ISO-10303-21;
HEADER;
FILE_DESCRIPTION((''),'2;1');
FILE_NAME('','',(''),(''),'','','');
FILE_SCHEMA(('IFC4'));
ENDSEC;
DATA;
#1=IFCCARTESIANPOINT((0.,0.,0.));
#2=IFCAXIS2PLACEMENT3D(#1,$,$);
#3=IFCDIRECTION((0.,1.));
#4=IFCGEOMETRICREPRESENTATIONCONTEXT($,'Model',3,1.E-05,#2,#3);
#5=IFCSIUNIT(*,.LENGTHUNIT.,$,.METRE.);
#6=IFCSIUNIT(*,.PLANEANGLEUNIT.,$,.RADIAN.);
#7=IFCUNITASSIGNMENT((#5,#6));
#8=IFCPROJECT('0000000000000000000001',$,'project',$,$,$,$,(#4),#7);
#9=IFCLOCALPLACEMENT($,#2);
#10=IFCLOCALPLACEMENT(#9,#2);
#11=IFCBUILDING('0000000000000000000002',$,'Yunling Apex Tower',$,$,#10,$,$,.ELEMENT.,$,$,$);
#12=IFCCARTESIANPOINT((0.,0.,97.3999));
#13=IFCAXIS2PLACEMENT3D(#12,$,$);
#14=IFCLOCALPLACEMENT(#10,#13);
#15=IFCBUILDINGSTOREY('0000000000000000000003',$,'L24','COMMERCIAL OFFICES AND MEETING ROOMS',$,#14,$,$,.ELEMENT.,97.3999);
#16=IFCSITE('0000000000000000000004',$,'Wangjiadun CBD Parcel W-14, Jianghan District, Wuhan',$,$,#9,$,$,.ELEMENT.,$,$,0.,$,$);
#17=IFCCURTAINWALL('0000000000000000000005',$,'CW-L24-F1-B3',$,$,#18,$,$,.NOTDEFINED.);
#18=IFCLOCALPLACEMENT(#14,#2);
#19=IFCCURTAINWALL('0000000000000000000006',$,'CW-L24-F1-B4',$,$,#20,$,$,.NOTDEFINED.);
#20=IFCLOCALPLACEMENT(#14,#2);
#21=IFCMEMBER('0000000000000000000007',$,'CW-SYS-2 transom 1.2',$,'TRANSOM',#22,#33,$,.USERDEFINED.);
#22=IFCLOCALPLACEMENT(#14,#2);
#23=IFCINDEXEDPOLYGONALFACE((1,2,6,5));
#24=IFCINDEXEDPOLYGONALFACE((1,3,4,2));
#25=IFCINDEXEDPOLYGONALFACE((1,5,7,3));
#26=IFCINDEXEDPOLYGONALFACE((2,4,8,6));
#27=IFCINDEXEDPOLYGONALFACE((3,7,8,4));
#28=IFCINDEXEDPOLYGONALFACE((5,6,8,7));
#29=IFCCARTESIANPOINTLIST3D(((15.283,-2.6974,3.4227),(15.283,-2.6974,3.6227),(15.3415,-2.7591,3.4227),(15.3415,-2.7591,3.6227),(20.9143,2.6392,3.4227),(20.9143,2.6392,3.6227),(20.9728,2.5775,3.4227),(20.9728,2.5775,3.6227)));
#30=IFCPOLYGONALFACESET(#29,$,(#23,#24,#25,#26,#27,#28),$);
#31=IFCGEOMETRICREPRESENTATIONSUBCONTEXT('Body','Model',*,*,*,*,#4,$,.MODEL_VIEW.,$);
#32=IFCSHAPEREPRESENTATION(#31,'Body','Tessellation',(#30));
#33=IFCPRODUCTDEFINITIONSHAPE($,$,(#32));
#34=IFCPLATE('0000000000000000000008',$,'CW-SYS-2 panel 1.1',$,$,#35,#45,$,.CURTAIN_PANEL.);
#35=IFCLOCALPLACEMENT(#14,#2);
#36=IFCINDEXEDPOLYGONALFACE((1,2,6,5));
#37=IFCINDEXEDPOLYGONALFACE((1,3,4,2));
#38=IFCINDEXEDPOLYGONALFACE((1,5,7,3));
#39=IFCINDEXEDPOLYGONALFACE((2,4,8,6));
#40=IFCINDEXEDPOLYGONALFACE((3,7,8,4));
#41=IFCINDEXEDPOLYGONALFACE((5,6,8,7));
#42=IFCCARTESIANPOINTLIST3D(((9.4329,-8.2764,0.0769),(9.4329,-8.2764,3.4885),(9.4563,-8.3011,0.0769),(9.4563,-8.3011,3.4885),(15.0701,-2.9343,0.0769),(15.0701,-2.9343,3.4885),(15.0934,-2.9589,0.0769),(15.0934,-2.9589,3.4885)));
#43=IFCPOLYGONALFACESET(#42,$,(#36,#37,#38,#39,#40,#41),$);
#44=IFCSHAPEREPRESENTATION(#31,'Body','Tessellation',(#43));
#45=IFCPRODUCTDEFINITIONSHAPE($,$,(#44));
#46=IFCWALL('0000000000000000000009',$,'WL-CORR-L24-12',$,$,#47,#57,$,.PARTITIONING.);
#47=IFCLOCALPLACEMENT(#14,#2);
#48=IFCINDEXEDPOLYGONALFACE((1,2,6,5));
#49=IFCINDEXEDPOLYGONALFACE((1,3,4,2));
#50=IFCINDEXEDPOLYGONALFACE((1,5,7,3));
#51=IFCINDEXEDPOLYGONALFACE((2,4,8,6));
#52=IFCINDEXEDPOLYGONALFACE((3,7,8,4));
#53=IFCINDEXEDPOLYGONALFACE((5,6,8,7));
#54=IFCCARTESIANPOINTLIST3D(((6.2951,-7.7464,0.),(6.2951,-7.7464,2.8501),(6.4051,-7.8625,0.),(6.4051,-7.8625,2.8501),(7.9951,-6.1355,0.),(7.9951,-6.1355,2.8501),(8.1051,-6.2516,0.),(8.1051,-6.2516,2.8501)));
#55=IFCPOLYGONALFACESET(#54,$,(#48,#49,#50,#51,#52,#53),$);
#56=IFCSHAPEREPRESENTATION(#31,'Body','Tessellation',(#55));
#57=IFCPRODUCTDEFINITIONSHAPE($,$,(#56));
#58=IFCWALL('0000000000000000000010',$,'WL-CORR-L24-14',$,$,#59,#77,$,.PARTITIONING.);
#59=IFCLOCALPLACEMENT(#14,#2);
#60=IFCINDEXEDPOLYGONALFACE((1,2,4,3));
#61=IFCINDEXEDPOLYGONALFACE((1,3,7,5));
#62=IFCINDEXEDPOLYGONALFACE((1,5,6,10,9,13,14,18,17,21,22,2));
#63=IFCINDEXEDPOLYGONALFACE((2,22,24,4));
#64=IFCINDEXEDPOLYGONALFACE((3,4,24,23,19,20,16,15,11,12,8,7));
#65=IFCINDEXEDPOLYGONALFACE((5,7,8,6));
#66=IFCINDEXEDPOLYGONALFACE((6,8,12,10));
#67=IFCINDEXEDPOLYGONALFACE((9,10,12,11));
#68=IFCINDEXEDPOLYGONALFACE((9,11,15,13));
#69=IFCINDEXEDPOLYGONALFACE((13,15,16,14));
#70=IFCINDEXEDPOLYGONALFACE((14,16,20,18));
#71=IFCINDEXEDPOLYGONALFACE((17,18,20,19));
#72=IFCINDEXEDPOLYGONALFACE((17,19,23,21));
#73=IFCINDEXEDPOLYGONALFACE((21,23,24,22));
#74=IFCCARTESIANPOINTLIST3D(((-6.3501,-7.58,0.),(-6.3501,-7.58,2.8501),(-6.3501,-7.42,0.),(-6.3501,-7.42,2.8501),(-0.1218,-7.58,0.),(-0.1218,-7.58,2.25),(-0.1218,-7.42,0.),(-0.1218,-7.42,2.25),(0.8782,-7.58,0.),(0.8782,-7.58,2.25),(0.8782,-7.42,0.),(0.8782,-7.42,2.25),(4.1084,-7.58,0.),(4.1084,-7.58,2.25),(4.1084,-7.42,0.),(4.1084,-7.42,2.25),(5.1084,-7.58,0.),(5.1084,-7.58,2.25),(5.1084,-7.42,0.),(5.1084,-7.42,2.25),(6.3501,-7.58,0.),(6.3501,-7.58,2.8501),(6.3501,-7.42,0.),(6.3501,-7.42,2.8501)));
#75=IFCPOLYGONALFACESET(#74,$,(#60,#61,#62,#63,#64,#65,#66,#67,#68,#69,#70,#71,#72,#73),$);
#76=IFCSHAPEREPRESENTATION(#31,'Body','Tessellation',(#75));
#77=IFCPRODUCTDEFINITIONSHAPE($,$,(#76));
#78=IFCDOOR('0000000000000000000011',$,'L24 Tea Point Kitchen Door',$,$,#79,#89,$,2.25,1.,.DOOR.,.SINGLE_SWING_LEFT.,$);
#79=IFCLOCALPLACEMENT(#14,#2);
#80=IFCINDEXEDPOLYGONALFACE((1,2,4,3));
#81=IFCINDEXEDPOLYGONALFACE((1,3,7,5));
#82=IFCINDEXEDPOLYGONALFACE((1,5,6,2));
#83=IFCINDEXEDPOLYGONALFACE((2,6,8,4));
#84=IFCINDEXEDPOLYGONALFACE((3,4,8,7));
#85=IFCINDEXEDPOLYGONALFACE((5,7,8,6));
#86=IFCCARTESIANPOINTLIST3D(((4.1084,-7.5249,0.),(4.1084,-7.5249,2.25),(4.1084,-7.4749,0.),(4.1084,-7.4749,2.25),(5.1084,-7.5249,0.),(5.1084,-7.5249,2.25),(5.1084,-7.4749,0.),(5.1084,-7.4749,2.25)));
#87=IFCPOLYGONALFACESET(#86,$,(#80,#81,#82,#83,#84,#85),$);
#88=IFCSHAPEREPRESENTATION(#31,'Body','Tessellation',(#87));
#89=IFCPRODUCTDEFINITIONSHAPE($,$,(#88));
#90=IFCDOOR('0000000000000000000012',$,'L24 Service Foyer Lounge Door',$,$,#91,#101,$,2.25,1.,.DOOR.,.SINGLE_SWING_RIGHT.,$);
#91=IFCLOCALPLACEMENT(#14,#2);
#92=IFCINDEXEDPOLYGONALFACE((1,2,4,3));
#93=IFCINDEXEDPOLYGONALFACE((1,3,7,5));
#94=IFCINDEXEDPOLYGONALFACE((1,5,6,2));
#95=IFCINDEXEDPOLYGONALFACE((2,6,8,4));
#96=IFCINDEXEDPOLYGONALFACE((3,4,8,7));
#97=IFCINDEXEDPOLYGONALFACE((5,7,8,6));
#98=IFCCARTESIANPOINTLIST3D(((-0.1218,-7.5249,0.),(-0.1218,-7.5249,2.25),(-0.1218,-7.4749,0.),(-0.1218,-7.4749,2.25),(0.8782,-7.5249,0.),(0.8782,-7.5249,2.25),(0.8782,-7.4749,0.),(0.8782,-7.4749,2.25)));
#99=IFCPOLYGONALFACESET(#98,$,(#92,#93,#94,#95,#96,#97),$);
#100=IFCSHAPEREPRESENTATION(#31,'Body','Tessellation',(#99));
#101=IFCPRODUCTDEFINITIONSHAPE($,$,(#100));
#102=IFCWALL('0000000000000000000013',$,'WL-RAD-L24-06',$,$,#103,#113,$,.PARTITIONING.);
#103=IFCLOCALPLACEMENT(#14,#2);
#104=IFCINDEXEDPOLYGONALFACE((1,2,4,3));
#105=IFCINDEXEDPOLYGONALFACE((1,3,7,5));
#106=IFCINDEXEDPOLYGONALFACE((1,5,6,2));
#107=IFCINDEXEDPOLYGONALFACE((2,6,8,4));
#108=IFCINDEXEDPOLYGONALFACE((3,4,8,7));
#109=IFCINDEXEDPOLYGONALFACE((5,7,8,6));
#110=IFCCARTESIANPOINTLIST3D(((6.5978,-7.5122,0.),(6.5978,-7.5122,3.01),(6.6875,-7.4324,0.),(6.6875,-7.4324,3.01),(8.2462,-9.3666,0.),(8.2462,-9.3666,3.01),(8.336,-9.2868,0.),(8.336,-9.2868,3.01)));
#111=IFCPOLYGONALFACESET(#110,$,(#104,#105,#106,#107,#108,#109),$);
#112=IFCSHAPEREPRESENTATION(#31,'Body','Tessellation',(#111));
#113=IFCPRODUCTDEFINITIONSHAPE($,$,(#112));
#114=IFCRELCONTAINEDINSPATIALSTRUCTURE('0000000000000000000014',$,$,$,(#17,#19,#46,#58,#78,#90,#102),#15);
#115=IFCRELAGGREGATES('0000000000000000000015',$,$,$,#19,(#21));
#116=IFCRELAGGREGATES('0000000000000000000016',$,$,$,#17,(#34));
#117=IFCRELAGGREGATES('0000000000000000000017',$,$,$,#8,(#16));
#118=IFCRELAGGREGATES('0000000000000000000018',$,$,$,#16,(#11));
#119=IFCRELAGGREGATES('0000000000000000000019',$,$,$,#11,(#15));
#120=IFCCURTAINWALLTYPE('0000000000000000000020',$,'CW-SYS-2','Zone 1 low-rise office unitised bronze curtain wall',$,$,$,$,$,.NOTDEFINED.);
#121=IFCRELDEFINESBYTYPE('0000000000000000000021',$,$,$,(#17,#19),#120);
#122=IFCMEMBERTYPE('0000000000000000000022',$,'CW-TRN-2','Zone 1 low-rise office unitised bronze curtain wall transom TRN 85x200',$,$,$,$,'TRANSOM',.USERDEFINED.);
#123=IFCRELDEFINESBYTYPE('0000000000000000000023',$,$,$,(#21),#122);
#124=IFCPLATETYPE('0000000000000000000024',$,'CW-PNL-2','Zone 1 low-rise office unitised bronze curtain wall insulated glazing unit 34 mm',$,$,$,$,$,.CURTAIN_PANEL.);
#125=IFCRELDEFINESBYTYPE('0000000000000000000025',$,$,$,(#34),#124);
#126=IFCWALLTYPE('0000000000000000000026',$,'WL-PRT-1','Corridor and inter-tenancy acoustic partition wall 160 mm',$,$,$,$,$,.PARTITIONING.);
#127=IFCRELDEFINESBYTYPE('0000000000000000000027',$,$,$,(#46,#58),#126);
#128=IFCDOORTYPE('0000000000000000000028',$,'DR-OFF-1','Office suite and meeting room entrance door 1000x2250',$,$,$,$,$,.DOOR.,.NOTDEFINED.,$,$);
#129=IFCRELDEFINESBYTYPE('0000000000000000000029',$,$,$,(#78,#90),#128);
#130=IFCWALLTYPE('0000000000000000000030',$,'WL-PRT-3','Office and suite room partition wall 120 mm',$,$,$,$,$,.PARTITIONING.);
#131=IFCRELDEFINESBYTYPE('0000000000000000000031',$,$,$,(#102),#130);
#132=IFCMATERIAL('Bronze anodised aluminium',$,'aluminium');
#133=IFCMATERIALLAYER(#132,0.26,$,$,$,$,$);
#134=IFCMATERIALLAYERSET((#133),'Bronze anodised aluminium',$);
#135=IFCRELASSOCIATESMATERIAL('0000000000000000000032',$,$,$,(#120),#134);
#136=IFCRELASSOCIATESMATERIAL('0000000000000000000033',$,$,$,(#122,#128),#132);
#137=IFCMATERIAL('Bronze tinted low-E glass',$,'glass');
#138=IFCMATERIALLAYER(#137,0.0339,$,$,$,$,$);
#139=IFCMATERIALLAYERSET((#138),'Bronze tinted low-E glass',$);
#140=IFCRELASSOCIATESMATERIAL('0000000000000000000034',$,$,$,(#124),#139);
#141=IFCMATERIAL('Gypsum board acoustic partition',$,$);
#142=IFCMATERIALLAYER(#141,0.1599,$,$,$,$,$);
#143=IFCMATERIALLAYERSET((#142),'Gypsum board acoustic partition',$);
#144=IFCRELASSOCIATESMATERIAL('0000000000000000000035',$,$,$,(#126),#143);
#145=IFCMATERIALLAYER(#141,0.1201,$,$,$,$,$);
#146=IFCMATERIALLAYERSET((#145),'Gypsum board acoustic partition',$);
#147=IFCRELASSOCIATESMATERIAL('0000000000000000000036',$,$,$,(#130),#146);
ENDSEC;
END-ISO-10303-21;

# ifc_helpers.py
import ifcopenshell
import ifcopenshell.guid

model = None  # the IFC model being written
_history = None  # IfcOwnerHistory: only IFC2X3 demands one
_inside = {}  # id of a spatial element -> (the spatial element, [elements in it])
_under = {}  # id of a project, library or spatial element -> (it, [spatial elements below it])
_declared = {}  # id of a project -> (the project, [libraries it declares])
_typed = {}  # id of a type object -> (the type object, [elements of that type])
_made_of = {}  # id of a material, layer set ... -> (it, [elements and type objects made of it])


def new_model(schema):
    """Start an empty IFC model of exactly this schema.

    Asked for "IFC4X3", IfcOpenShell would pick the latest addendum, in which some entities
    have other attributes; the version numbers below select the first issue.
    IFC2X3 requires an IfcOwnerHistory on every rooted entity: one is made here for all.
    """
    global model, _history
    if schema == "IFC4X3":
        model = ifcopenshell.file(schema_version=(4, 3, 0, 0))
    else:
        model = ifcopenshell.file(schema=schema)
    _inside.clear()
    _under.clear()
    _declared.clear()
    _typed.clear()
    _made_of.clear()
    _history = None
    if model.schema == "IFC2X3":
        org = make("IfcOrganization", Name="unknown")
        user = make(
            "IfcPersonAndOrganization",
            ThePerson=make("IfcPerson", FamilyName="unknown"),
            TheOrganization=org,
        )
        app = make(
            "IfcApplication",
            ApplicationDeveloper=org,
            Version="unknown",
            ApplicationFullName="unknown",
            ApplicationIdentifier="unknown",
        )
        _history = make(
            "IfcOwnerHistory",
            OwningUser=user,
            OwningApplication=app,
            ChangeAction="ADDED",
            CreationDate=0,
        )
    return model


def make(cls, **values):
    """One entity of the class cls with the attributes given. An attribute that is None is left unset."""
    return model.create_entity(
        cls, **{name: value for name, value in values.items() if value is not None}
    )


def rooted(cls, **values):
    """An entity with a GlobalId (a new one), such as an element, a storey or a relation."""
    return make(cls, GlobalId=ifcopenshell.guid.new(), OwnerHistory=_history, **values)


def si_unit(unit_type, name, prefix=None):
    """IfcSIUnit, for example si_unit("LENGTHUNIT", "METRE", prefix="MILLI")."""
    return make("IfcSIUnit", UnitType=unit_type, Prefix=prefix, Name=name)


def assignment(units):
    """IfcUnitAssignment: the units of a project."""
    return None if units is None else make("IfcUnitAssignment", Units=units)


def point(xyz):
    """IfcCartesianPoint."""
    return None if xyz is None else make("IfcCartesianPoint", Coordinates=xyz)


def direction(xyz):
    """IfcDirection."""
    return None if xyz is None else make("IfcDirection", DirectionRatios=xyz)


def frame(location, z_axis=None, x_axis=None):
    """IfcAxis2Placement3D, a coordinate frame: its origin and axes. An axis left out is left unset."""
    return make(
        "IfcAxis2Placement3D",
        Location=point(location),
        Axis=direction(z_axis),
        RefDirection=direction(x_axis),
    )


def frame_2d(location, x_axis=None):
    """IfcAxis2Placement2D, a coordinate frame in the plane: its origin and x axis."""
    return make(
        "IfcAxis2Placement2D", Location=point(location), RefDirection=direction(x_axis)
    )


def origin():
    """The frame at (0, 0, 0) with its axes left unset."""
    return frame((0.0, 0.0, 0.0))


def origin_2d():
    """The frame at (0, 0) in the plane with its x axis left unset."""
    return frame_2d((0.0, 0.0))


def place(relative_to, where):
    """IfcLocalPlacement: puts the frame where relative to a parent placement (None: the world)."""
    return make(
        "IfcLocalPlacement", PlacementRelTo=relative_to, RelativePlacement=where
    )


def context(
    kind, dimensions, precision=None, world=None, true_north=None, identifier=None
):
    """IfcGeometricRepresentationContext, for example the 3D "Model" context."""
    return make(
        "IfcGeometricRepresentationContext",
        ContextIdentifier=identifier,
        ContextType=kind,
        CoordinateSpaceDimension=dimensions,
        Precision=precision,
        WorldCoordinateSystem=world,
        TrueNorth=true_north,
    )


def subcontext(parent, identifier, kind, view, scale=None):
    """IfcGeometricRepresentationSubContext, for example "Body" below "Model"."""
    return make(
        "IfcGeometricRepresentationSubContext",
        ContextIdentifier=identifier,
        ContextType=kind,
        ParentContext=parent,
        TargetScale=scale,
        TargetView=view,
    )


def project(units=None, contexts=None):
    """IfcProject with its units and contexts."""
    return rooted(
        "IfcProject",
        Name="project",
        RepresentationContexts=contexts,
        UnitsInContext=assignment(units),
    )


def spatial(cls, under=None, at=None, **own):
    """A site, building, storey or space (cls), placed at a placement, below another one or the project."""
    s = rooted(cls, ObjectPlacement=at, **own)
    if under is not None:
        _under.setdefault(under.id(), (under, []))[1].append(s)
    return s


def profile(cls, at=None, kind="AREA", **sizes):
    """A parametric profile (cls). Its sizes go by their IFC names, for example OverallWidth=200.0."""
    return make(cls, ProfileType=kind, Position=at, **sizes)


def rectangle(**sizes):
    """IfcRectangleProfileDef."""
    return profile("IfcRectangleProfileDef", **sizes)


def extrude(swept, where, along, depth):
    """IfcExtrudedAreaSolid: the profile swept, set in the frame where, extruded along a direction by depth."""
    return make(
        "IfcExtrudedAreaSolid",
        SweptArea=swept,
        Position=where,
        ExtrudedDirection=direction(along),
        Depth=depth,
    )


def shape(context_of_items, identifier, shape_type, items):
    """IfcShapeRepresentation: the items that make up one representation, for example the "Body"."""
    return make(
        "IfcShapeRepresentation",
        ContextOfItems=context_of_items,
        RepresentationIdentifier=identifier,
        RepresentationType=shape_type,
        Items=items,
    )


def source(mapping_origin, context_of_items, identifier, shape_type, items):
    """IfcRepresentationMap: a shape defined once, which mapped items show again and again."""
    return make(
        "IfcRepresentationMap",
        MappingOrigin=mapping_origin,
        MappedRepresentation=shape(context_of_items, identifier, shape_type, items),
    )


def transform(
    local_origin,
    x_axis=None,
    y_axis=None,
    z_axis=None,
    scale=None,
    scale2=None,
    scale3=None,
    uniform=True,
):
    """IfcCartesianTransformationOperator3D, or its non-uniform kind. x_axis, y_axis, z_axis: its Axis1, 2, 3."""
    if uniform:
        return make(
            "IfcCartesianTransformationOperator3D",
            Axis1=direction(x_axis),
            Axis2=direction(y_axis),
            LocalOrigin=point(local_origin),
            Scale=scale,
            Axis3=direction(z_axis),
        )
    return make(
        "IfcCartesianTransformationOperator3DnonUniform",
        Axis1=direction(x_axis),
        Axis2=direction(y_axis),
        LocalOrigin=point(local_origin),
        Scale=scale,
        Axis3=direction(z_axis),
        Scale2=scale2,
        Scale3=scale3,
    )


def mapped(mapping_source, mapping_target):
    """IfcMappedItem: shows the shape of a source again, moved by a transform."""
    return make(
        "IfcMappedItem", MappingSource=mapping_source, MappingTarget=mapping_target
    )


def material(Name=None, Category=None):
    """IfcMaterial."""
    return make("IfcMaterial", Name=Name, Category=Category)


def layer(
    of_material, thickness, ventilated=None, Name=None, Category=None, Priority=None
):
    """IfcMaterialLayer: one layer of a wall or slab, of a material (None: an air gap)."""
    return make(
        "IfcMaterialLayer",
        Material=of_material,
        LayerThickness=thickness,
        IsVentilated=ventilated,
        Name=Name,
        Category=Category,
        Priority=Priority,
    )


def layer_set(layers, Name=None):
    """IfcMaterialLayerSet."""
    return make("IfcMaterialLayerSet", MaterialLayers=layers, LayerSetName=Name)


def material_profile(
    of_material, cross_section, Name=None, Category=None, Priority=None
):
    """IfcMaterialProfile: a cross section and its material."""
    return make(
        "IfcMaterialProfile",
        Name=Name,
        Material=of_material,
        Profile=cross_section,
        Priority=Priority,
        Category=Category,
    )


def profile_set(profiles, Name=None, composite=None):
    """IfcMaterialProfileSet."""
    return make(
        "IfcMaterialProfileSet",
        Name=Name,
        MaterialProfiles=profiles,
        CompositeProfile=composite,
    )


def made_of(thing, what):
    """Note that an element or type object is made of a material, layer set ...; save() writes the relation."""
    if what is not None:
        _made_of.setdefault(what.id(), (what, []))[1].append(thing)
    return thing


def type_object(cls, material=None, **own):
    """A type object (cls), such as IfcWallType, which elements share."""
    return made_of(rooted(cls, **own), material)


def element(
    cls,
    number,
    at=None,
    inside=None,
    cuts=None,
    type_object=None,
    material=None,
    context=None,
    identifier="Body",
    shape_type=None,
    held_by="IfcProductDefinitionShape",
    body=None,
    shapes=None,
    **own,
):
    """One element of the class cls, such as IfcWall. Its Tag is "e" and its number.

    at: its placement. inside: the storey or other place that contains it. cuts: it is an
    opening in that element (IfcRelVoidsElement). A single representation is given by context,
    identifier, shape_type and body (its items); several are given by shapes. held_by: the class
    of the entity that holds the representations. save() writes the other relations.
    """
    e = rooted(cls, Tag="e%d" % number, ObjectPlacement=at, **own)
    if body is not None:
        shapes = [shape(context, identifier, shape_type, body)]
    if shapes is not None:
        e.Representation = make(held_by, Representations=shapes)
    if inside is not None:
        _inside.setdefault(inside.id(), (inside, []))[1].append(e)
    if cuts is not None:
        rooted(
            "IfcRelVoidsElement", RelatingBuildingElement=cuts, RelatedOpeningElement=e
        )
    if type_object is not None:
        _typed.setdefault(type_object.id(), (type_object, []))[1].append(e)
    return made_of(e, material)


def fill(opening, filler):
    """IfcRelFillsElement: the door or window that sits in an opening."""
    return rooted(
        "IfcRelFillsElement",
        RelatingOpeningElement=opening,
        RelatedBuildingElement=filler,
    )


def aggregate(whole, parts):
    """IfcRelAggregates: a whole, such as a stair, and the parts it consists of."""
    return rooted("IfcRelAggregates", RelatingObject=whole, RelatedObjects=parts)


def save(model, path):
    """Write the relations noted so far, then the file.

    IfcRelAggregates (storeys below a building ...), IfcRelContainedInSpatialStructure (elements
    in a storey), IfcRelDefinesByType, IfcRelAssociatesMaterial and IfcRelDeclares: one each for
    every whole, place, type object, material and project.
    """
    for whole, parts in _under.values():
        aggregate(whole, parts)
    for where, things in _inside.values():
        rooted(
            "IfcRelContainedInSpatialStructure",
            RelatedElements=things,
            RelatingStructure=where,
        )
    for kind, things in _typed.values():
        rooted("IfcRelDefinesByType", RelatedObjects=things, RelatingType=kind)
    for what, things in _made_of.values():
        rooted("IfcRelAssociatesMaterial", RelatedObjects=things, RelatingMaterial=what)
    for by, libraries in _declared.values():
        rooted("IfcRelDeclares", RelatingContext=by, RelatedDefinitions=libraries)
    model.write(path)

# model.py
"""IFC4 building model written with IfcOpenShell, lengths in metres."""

from ifc_helpers import new_model, si_unit, direction, frame, frame_2d, origin, origin_2d, place, context, subcontext, project, spatial, rectangle, extrude, source, transform, mapped, material, layer, layer_set, material_profile, profile_set, type_object, element, fill, aggregate, save


model = new_model("IFC4")

# Units and contexts
model_context = context("Model", 3, precision=1e-05, world=origin(), true_north=direction((0.0, 1.0)))
body_context = subcontext(model_context, "Body", "Model", "MODEL_VIEW")
ifc_project = project(units=[si_unit("LENGTHUNIT", "METRE"), si_unit("PLANEANGLEUNIT", "RADIAN")], contexts=[model_context])

# Site, building, storey
site_placement = place(None, origin())
site = spatial("IfcSite", under=ifc_project, at=site_placement, Name="Wangjiadun CBD Parcel W-14, Jianghan District, Wuhan", CompositionType="ELEMENT", RefElevation=0.0)
building_placement = place(site_placement, origin())
building = spatial("IfcBuilding", under=site, at=building_placement, Name="Yunling Apex Tower", CompositionType="ELEMENT")
storey_placement = place(building_placement, frame((0.0, 0.0, 97.3999)))
storey = spatial("IfcBuildingStorey", under=building, at=storey_placement, Name="L24", Description="COMMERCIAL OFFICES AND MEETING ROOMS", CompositionType="ELEMENT", Elevation=97.3999)

# Curtain wall
ifc_material_1 = material(Name="Bronze anodised aluminium", Category="aluminium")
ifc_layer_1 = layer(ifc_material_1, 0.26)
ifc_layer_set_1 = layer_set([ifc_layer_1], Name="Bronze anodised aluminium")
curtain_wall_type = type_object("IfcCurtainWallType", Name="CW-SYS-2", Description="Zone 1 low-rise office unitised bronze curtain wall", PredefinedType="NOTDEFINED", material=ifc_layer_set_1)
curtain_wall_1_placement = place(storey_placement, origin())
curtain_wall_1 = element("IfcCurtainWall", 1, at=curtain_wall_1_placement, inside=storey, type_object=curtain_wall_type, Name="CW-L24-F1-B3", PredefinedType="NOTDEFINED")

# Curtain wall
curtain_wall_2_placement = place(storey_placement, origin())
curtain_wall_2 = element("IfcCurtainWall", 2, at=curtain_wall_2_placement, inside=storey, type_object=curtain_wall_type, Name="CW-L24-F1-B4", PredefinedType="NOTDEFINED")

# Member
ifc_material_profile_1 = material_profile(ifc_material_1, rectangle(XDim=0.085, YDim=0.2, at=origin_2d()))
ifc_profile_set_1 = profile_set([ifc_material_profile_1], Name="Bronze anodised aluminium")
member_type_1 = type_object("IfcMemberType", Name="CW-TRN-2", Description="Zone 1 low-rise office unitised bronze curtain wall transom TRN 85x200", ElementType="TRANSOM", PredefinedType="USERDEFINED", material=ifc_profile_set_1)
shared_shape_1 = source(origin(), body_context, "Body", "SweptSolid", [
    extrude(rectangle(XDim=0.085, YDim=0.2, at=origin_2d()), origin(), (0.0, 0.0, 1.0), 7.7583),
])
member_1_placement = place(storey_placement, frame((15.3123, -2.7283, 3.5227), z_axis=(0.725843, 0.687861, 0.0), x_axis=(-0.687861, 0.725843, 0.0)))
member_1 = element("IfcMember", 3, at=member_1_placement, type_object=member_type_1, Name="CW-SYS-2 transom 1.2", ObjectType="TRANSOM", PredefinedType="USERDEFINED", context=body_context, shape_type="MappedRepresentation", body=[
    mapped(shared_shape_1, transform((0.0, 0.0, 0.0), scale=1.0)),
])
aggregate(curtain_wall_2, [member_1])

# Plate
ifc_material_2 = material(Name="Bronze tinted low-E glass", Category="glass")
ifc_layer_2 = layer(ifc_material_2, 0.0339)
ifc_layer_set_2 = layer_set([ifc_layer_2], Name="Bronze tinted low-E glass")
plate_type = type_object("IfcPlateType", Name="CW-PNL-2", Description="Zone 1 low-rise office unitised bronze curtain wall insulated glazing unit 34 mm", PredefinedType="CURTAIN_PANEL", material=ifc_layer_set_2)
shared_shape_2 = source(origin(), body_context, "Body", "SweptSolid", [
    extrude(rectangle(XDim=7.7664, YDim=0.0339, at=origin_2d()), origin(), (0.0, 0.0, 1.0), 3.4116),
])
plate_placement = place(storey_placement, frame((12.2632, -5.6177, 0.0769), z_axis=(0.0, 0.0, 1.0), x_axis=(0.725842, 0.687861, 0.0)))
plate = element("IfcPlate", 4, at=plate_placement, type_object=plate_type, Name="CW-SYS-2 panel 1.1", PredefinedType="CURTAIN_PANEL", context=body_context, shape_type="MappedRepresentation", body=[
    mapped(shared_shape_2, transform((0.0, 0.0, 0.0), scale=1.0)),
])
aggregate(curtain_wall_1, [plate])

# Wall
ifc_material_3 = material(Name="Gypsum board acoustic partition")
ifc_layer_3 = layer(ifc_material_3, 0.1599)
ifc_layer_set_3 = layer_set([ifc_layer_3], Name="Gypsum board acoustic partition")
wall_type_1 = type_object("IfcWallType", Name="WL-PRT-1", Description="Corridor and inter-tenancy acoustic partition wall 160 mm", PredefinedType="PARTITIONING", material=ifc_layer_set_3)
wall_1_placement = place(storey_placement, frame((8.05, -6.1936, 0.0), z_axis=(0.0, 0.0, 1.0), x_axis=(-0.725876, -0.687826, 0.0)))
element("IfcWall", 5, at=wall_1_placement, inside=storey, type_object=wall_type_1, Name="WL-CORR-L24-12", PredefinedType="PARTITIONING", context=body_context, shape_type="SweptSolid", body=[
    extrude(rectangle(XDim=2.342, YDim=0.1599, at=frame_2d((1.1709, 0.0))), origin(), (0.0, 0.0, 1.0), 2.8501),
])

# Wall, openings, doors
wall_2_placement = place(storey_placement, frame((6.3501, -7.5, 0.0), z_axis=(0.0, 0.0, 1.0), x_axis=(-1.0, 0.0, 0.0)))
wall_2 = element("IfcWall", 6, at=wall_2_placement, inside=storey, type_object=wall_type_1, Name="WL-CORR-L24-14", PredefinedType="PARTITIONING", context=body_context, shape_type="SweptSolid", body=[
    extrude(rectangle(XDim=12.7002, YDim=0.1599, at=frame_2d((6.3501, 0.0))), origin(), (0.0, 0.0, 1.0), 2.8501),
])
opening_1_placement = place(wall_2_placement, frame((1.2417, 0.0, 0.0)))
opening_1 = element("IfcOpeningElement", 7, at=opening_1_placement, cuts=wall_2, PredefinedType="OPENING", context=body_context, shape_type="SweptSolid", body=[
    extrude(rectangle(XDim=1.0, YDim=2.25, at=frame_2d((0.5, 1.125))), frame((0.0, 0.0898, 0.0), z_axis=(0.0, -1.0, 0.0), x_axis=(1.0, 0.0, 0.0)), (0.0, 0.0, 1.0), 0.1799),
])
opening_2_placement = place(wall_2_placement, frame((5.4719, 0.0, 0.0)))
opening_2 = element("IfcOpeningElement", 8, at=opening_2_placement, cuts=wall_2, PredefinedType="OPENING", context=body_context, shape_type="SweptSolid", body=[
    extrude(rectangle(XDim=1.0, YDim=2.25, at=frame_2d((0.5, 1.125))), frame((0.0, 0.0898, 0.0), z_axis=(0.0, -1.0, 0.0), x_axis=(1.0, 0.0, 0.0)), (0.0, 0.0, 1.0), 0.1799),
])
door_type = type_object("IfcDoorType", Name="DR-OFF-1", Description="Office suite and meeting room entrance door 1000x2250", OperationType="NOTDEFINED", PredefinedType="DOOR", material=ifc_material_1)
door_1_placement = place(opening_1_placement, origin())
door_1 = element("IfcDoor", 9, at=door_1_placement, inside=storey, type_object=door_type, Name="L24 Tea Point Kitchen Door", OperationType="SINGLE_SWING_LEFT", OverallHeight=2.25, OverallWidth=1.0, PredefinedType="DOOR", context=body_context, shape_type="SweptSolid", body=[
    extrude(rectangle(XDim=1.0, YDim=2.25, at=frame_2d((0.5, 1.125))), frame((0.0, 0.0249, 0.0), z_axis=(0.0, -1.0, 0.0), x_axis=(1.0, 0.0, 0.0)), (0.0, 0.0, 1.0), 0.05),
])
fill(opening_1, door_1)
door_2_placement = place(opening_2_placement, origin())
door_2 = element("IfcDoor", 10, at=door_2_placement, inside=storey, type_object=door_type, Name="L24 Service Foyer Lounge Door", OperationType="SINGLE_SWING_RIGHT", OverallHeight=2.25, OverallWidth=1.0, PredefinedType="DOOR", context=body_context, shape_type="SweptSolid", body=[
    extrude(rectangle(XDim=1.0, YDim=2.25, at=frame_2d((0.5, 1.125))), frame((0.0, 0.0249, 0.0), z_axis=(0.0, -1.0, 0.0), x_axis=(1.0, 0.0, 0.0)), (0.0, 0.0, 1.0), 0.05),
])
fill(opening_2, door_2)

# Wall
ifc_layer_4 = layer(ifc_material_3, 0.1201)
ifc_layer_set_4 = layer_set([ifc_layer_4], Name="Gypsum board acoustic partition")
wall_type_2 = type_object("IfcWallType", Name="WL-PRT-3", Description="Office and suite room partition wall 120 mm", PredefinedType="PARTITIONING", material=ifc_layer_set_4)
wall_3_placement = place(storey_placement, frame((6.6426, -7.4722, 0.0), z_axis=(0.0, 0.0, 1.0), x_axis=(0.664364, -0.747409, 0.0)))
element("IfcWall", 11, at=wall_3_placement, inside=storey, type_object=wall_type_2, Name="WL-RAD-L24-06", PredefinedType="PARTITIONING", context=body_context, shape_type="SweptSolid", body=[
    extrude(rectangle(XDim=2.4812, YDim=0.1201, at=frame_2d((1.2407, 0.0))), origin(), (0.0, 0.0, 1.0), 3.01),
])

save(model, "model.ifc")
